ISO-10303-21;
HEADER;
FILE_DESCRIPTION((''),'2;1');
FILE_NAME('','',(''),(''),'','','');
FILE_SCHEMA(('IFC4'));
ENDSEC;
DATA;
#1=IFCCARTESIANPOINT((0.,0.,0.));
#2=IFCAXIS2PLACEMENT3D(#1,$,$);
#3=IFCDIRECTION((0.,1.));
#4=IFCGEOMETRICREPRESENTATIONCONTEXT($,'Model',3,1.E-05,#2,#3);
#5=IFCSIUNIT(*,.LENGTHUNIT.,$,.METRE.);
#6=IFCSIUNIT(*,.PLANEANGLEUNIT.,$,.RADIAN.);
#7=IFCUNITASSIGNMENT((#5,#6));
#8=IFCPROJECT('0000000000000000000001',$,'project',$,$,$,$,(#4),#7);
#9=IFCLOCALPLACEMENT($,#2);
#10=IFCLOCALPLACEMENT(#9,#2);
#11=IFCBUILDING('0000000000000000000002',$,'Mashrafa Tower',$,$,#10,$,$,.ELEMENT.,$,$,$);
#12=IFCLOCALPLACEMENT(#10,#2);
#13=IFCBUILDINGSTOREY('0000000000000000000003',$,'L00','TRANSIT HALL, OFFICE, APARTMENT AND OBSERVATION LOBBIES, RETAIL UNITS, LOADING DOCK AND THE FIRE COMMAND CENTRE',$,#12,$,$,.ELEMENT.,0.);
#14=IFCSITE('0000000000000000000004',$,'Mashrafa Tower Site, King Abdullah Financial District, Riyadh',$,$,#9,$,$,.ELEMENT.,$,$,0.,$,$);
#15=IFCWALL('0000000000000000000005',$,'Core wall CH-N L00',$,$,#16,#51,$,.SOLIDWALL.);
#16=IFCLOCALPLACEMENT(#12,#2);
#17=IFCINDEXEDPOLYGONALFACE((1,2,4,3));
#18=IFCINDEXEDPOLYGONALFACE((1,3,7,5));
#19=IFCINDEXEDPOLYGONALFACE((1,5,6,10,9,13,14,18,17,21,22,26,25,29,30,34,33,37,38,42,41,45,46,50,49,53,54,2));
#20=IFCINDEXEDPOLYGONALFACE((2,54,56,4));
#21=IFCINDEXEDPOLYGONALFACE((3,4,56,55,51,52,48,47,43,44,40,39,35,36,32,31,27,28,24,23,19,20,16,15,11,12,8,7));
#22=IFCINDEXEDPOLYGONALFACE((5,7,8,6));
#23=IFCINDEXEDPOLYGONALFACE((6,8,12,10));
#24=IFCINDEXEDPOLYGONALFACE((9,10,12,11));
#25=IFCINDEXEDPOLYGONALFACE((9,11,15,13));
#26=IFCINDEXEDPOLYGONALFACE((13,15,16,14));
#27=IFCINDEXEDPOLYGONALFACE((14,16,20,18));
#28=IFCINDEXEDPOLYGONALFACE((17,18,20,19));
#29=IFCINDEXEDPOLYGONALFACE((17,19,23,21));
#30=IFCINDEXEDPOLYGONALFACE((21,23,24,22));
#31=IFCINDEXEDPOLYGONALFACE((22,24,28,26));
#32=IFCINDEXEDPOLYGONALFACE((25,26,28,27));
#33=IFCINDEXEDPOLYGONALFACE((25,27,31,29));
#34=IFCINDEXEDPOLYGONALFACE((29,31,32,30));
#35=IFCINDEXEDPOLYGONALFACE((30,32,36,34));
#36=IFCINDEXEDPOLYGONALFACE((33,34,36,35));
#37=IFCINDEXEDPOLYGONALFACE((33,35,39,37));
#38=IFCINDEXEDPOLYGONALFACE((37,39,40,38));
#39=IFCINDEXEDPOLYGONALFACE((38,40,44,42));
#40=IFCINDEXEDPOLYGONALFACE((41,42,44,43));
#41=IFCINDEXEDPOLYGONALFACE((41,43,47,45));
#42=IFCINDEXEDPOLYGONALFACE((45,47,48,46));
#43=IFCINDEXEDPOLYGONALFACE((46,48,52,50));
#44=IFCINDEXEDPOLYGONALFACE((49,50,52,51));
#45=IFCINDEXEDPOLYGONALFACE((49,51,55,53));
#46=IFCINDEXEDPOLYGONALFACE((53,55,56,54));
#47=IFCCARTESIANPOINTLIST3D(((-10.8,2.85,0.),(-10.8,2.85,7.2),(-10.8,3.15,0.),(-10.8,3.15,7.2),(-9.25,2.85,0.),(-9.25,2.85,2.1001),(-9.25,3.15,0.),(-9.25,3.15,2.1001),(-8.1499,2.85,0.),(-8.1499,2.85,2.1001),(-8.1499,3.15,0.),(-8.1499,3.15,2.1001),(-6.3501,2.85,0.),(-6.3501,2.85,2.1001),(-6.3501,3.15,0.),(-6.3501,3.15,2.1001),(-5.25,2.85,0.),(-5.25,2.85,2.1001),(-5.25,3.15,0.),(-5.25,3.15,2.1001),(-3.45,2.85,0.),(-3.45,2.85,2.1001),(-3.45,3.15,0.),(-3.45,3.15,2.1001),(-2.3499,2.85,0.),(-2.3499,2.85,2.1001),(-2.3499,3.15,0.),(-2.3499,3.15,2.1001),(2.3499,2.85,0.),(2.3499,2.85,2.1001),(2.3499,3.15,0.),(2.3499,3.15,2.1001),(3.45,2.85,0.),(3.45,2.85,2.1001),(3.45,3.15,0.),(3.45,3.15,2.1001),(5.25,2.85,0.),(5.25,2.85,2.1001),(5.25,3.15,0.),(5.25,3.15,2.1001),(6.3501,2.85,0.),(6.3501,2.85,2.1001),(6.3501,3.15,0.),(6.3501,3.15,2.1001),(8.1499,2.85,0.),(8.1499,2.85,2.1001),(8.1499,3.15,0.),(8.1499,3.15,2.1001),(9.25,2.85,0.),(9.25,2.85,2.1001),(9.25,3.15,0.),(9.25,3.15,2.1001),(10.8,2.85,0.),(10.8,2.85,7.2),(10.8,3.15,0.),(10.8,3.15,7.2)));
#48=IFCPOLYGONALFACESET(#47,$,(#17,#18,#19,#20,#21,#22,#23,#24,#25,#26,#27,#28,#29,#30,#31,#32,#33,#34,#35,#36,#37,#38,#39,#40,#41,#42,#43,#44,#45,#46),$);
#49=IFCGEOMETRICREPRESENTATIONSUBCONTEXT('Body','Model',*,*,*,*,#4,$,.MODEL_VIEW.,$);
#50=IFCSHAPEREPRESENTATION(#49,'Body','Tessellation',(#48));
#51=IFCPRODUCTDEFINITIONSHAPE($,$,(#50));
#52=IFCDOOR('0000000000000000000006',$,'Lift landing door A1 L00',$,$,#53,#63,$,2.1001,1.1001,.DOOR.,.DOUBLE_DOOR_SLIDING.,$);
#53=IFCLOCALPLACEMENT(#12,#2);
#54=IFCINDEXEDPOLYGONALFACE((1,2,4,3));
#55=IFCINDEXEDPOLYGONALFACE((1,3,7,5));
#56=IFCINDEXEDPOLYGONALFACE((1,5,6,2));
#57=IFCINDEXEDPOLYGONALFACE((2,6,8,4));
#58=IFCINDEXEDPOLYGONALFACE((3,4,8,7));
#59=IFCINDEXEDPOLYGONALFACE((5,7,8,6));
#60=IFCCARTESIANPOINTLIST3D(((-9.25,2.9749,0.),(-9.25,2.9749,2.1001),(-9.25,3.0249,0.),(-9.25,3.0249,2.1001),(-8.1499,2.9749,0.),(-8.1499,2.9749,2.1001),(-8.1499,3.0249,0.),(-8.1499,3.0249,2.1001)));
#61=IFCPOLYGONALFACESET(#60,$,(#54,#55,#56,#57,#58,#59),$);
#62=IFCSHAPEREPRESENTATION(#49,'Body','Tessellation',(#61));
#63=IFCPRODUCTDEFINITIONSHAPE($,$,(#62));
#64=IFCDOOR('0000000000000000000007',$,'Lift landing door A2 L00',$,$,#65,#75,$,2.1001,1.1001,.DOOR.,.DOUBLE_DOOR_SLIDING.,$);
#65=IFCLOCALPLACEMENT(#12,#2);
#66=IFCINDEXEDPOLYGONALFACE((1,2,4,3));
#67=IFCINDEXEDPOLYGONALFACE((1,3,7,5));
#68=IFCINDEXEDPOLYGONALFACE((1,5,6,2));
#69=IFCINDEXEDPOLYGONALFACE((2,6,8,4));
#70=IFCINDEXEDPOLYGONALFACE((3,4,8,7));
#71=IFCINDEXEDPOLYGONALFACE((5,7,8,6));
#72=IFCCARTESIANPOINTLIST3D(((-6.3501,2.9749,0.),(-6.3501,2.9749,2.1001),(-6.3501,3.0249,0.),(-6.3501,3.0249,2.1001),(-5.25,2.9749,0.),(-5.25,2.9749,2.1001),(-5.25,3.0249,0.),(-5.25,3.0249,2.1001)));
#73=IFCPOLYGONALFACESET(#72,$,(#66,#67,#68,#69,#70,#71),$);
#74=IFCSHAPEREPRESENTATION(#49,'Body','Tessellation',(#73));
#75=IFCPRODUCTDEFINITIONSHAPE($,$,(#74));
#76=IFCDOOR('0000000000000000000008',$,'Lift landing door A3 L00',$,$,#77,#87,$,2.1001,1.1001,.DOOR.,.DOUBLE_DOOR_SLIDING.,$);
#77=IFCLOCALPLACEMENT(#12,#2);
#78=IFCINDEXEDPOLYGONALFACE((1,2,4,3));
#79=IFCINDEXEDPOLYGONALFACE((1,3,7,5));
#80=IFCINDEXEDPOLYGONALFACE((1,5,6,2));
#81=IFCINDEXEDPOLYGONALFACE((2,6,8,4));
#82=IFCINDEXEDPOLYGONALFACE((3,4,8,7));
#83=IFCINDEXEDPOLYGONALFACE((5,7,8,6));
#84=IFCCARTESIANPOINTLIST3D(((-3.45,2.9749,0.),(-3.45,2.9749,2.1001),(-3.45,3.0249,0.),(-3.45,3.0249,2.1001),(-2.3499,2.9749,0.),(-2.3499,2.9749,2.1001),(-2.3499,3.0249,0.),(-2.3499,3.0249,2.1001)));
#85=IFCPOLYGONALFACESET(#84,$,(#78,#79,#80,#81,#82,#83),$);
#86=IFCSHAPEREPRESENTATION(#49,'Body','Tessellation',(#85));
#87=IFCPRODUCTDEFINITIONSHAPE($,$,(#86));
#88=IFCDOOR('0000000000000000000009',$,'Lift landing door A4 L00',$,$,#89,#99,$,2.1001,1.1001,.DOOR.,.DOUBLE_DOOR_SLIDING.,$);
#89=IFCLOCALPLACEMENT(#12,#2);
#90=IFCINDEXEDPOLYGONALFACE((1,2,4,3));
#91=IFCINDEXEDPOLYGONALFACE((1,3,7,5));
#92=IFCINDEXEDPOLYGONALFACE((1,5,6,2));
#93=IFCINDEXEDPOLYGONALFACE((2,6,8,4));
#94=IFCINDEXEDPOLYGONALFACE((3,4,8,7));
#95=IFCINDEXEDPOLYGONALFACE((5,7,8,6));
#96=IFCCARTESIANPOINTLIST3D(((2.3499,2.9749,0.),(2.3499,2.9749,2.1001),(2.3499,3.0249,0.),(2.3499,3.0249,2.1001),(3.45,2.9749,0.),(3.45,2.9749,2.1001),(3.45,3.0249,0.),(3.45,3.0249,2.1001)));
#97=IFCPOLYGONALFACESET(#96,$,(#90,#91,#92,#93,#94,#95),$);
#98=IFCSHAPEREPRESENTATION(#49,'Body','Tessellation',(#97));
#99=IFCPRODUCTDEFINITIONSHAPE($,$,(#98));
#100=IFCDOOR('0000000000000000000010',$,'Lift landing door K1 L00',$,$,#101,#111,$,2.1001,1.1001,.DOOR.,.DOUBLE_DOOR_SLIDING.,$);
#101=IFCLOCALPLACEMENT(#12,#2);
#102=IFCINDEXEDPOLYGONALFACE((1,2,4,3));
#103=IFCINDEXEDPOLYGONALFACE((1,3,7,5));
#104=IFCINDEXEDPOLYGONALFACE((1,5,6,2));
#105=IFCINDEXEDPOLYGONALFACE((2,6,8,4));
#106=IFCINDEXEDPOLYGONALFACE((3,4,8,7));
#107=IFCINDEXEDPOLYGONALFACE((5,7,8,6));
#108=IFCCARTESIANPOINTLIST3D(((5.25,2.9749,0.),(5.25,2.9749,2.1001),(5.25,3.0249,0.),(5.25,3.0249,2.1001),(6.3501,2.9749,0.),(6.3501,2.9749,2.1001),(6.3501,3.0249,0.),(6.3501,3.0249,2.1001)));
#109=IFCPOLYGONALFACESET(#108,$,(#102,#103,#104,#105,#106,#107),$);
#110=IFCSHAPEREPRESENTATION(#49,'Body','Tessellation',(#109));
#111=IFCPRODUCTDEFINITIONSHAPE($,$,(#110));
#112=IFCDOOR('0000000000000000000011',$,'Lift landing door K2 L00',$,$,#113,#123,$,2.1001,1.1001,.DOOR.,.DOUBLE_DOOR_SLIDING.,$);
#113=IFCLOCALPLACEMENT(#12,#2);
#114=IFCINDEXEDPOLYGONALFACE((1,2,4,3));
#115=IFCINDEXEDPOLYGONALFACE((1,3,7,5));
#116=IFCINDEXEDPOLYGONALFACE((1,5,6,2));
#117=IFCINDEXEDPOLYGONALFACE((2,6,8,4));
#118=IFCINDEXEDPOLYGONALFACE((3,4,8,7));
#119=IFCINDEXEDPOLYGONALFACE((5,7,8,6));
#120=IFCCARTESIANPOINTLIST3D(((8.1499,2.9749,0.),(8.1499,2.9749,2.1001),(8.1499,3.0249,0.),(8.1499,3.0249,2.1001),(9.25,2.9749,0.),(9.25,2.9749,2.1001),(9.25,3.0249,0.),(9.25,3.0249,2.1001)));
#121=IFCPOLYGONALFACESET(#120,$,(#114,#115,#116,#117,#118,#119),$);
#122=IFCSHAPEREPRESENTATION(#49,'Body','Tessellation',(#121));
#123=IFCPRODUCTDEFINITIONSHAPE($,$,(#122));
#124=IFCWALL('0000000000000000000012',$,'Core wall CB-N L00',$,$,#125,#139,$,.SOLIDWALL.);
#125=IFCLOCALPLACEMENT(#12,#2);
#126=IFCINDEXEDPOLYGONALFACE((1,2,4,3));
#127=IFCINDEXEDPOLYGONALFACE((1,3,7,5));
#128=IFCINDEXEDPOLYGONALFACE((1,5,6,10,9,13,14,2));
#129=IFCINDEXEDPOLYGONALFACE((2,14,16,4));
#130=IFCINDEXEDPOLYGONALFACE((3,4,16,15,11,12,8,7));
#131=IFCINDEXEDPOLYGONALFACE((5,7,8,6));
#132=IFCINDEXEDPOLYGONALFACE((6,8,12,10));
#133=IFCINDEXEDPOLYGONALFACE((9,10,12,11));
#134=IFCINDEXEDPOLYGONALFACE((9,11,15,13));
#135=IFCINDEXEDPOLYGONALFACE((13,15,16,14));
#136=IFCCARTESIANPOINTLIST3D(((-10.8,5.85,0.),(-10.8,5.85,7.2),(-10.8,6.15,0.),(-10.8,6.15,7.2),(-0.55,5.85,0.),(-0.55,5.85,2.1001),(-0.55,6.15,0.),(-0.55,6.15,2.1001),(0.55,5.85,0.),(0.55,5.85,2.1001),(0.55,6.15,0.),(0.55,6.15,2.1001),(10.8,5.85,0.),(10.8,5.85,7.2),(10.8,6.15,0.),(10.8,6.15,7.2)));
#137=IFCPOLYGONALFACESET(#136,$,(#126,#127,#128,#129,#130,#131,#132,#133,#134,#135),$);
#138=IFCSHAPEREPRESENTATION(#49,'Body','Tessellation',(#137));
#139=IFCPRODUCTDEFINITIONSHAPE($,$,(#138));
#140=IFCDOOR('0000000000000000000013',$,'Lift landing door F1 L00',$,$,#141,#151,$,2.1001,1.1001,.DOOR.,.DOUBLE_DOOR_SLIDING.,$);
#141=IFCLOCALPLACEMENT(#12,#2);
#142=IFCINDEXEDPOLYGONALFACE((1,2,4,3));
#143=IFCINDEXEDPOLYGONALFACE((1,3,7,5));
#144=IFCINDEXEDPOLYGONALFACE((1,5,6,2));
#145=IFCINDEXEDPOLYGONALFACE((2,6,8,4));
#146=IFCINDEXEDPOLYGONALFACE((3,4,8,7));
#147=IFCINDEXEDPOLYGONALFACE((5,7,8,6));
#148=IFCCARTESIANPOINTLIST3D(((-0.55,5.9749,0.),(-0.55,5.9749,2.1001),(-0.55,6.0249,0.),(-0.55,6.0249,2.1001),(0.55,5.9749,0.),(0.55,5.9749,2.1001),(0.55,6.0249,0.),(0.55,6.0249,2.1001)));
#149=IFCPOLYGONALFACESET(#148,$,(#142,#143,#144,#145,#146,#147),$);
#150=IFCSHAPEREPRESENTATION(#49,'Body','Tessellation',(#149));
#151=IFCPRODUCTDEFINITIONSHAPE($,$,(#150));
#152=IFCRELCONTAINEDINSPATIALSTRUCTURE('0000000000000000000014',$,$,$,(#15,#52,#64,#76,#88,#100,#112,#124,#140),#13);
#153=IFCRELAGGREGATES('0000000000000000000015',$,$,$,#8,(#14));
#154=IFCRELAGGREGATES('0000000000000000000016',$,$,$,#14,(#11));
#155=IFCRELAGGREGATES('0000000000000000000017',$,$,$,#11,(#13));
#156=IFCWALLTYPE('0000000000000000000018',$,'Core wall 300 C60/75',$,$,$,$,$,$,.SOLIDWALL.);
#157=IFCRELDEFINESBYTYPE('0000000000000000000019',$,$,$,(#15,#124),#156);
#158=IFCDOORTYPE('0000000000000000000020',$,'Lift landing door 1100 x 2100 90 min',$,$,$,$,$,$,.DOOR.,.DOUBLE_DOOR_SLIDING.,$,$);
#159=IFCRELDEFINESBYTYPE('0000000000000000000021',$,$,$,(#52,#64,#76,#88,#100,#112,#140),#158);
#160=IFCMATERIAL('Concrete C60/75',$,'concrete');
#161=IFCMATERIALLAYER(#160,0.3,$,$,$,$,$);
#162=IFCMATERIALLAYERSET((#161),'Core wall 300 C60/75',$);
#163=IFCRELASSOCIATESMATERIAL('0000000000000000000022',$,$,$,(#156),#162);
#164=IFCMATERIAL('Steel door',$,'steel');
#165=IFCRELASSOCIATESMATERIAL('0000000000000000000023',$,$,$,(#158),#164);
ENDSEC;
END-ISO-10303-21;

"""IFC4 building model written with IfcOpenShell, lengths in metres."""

from ifc_helpers import new_model, si_unit, direction, frame, frame_2d, origin, place, context, subcontext, project, spatial, rectangle, extrude, material, layer, layer_set, type_object, element, fill, save


model = new_model("IFC4")

# Units and contexts
model_context = context("Model", 3, precision=1e-05, world=origin(), true_north=direction((0.0, 1.0)))
body_context = subcontext(model_context, "Body", "Model", "MODEL_VIEW")
ifc_project = project(units=[si_unit("LENGTHUNIT", "METRE"), si_unit("PLANEANGLEUNIT", "RADIAN")], contexts=[model_context])

# Site, building, storey
site_placement = place(None, origin())
site = spatial("IfcSite", under=ifc_project, at=site_placement, Name="Mashrafa Tower Site, King Abdullah Financial District, Riyadh", CompositionType="ELEMENT", RefElevation=0.0)
building_placement = place(site_placement, origin())
building = spatial("IfcBuilding", under=site, at=building_placement, Name="Mashrafa Tower", CompositionType="ELEMENT")
storey_placement = place(building_placement, origin())
storey = spatial("IfcBuildingStorey", under=building, at=storey_placement, Name="L00", Description="TRANSIT HALL, OFFICE, APARTMENT AND OBSERVATION LOBBIES, RETAIL UNITS, LOADING DOCK AND THE FIRE COMMAND CENTRE", CompositionType="ELEMENT", Elevation=0.0)

# Wall, openings, doors
ifc_material_1 = material(Name="Concrete C60/75", Category="concrete")
ifc_layer_1 = layer(ifc_material_1, 0.3)
ifc_layer_set_1 = layer_set([ifc_layer_1], Name="Core wall 300 C60/75")
wall_type_1 = type_object("IfcWallType", Name="Core wall 300 C60/75", PredefinedType="SOLIDWALL", material=ifc_layer_set_1)
wall_1_placement = place(storey_placement, frame((-10.8, 3.0, 0.0), z_axis=(0.0, 0.0, 1.0), x_axis=(1.0, 0.0, 0.0)))
wall_1 = element("IfcWall", 1, at=wall_1_placement, inside=storey, type_object=wall_type_1, Name="Core wall CH-N L00", PredefinedType="SOLIDWALL", context=body_context, shape_type="SweptSolid", body=[
    extrude(rectangle(XDim=21.6001, YDim=0.3, at=frame_2d((10.8, 0.0))), origin(), (0.0, 0.0, 1.0), 7.2),
])
opening_1_placement = place(wall_1_placement, frame((1.55, 0.0, 0.0)))
opening_1 = element("IfcOpeningElement", 2, at=opening_1_placement, cuts=wall_1, PredefinedType="OPENING", context=body_context, shape_type="SweptSolid", body=[
    extrude(rectangle(XDim=1.1001, YDim=2.1001, at=frame_2d((0.55, 1.05))), frame((0.0, 0.1599, 0.0), z_axis=(0.0, -1.0, 0.0), x_axis=(1.0, 0.0, 0.0)), (0.0, 0.0, 1.0), 0.3201),
])
opening_2_placement = place(wall_1_placement, frame((4.45, 0.0, 0.0)))
opening_2 = element("IfcOpeningElement", 3, at=opening_2_placement, cuts=wall_1, PredefinedType="OPENING", context=body_context, shape_type="SweptSolid", body=[
    extrude(rectangle(XDim=1.1001, YDim=2.1001, at=frame_2d((0.55, 1.05))), frame((0.0, 0.1599, 0.0), z_axis=(0.0, -1.0, 0.0), x_axis=(1.0, 0.0, 0.0)), (0.0, 0.0, 1.0), 0.3201),
])
opening_3_placement = place(wall_1_placement, frame((7.3501, 0.0, 0.0)))
opening_3 = element("IfcOpeningElement", 4, at=opening_3_placement, cuts=wall_1, PredefinedType="OPENING", context=body_context, shape_type="SweptSolid", body=[
    extrude(rectangle(XDim=1.1001, YDim=2.1001, at=frame_2d((0.55, 1.05))), frame((0.0, 0.1599, 0.0), z_axis=(0.0, -1.0, 0.0), x_axis=(1.0, 0.0, 0.0)), (0.0, 0.0, 1.0), 0.3201),
])
opening_4_placement = place(wall_1_placement, frame((13.1499, 0.0, 0.0)))
opening_4 = element("IfcOpeningElement", 5, at=opening_4_placement, cuts=wall_1, PredefinedType="OPENING", context=body_context, shape_type="SweptSolid", body=[
    extrude(rectangle(XDim=1.1001, YDim=2.1001, at=frame_2d((0.55, 1.05))), frame((0.0, 0.1599, 0.0), z_axis=(0.0, -1.0, 0.0), x_axis=(1.0, 0.0, 0.0)), (0.0, 0.0, 1.0), 0.3201),
])
opening_5_placement = place(wall_1_placement, frame((16.05, 0.0, 0.0)))
opening_5 = element("IfcOpeningElement", 6, at=opening_5_placement, cuts=wall_1, PredefinedType="OPENING", context=body_context, shape_type="SweptSolid", body=[
    extrude(rectangle(XDim=1.1001, YDim=2.1001, at=frame_2d((0.55, 1.05))), frame((0.0, 0.1599, 0.0), z_axis=(0.0, -1.0, 0.0), x_axis=(1.0, 0.0, 0.0)), (0.0, 0.0, 1.0), 0.3201),
])
opening_6_placement = place(wall_1_placement, frame((18.95, 0.0, 0.0)))
opening_6 = element("IfcOpeningElement", 7, at=opening_6_placement, cuts=wall_1, PredefinedType="OPENING", context=body_context, shape_type="SweptSolid", body=[
    extrude(rectangle(XDim=1.1001, YDim=2.1001, at=frame_2d((0.55, 1.05))), frame((0.0, 0.1599, 0.0), z_axis=(0.0, -1.0, 0.0), x_axis=(1.0, 0.0, 0.0)), (0.0, 0.0, 1.0), 0.3201),
])
ifc_material_2 = material(Name="Steel door", Category="steel")
door_type_1 = type_object("IfcDoorType", Name="Lift landing door 1100 x 2100 90 min", OperationType="DOUBLE_DOOR_SLIDING", PredefinedType="DOOR", material=ifc_material_2)
door_1_placement = place(opening_1_placement, origin())
door_1 = element("IfcDoor", 8, at=door_1_placement, inside=storey, type_object=door_type_1, Name="Lift landing door A1 L00", OperationType="DOUBLE_DOOR_SLIDING", OverallHeight=2.1001, OverallWidth=1.1001, PredefinedType="DOOR", context=body_context, shape_type="SweptSolid", body=[
    extrude(rectangle(XDim=1.1001, YDim=2.1001, at=frame_2d((0.55, 1.05))), frame((0.0, 0.0249, 0.0), z_axis=(0.0, -1.0, 0.0), x_axis=(1.0, 0.0, 0.0)), (0.0, 0.0, 1.0), 0.05),
])
fill(opening_1, door_1)
door_2_placement = place(opening_2_placement, origin())
door_2 = element("IfcDoor", 9, at=door_2_placement, inside=storey, type_object=door_type_1, Name="Lift landing door A2 L00", OperationType="DOUBLE_DOOR_SLIDING", OverallHeight=2.1001, OverallWidth=1.1001, PredefinedType="DOOR", context=body_context, shape_type="SweptSolid", body=[
    extrude(rectangle(XDim=1.1001, YDim=2.1001, at=frame_2d((0.55, 1.05))), frame((0.0, 0.0249, 0.0), z_axis=(0.0, -1.0, 0.0), x_axis=(1.0, 0.0, 0.0)), (0.0, 0.0, 1.0), 0.05),
])
fill(opening_2, door_2)
door_3_placement = place(opening_3_placement, origin())
door_3 = element("IfcDoor", 10, at=door_3_placement, inside=storey, type_object=door_type_1, Name="Lift landing door A3 L00", OperationType="DOUBLE_DOOR_SLIDING", OverallHeight=2.1001, OverallWidth=1.1001, PredefinedType="DOOR", context=body_context, shape_type="SweptSolid", body=[
    extrude(rectangle(XDim=1.1001, YDim=2.1001, at=frame_2d((0.55, 1.05))), frame((0.0, 0.0249, 0.0), z_axis=(0.0, -1.0, 0.0), x_axis=(1.0, 0.0, 0.0)), (0.0, 0.0, 1.0), 0.05),
])
fill(opening_3, door_3)
door_4_placement = place(opening_4_placement, origin())
door_4 = element("IfcDoor", 11, at=door_4_placement, inside=storey, type_object=door_type_1, Name="Lift landing door A4 L00", OperationType="DOUBLE_DOOR_SLIDING", OverallHeight=2.1001, OverallWidth=1.1001, PredefinedType="DOOR", context=body_context, shape_type="SweptSolid", body=[
    extrude(rectangle(XDim=1.1001, YDim=2.1001, at=frame_2d((0.55, 1.05))), frame((0.0, 0.0249, 0.0), z_axis=(0.0, -1.0, 0.0), x_axis=(1.0, 0.0, 0.0)), (0.0, 0.0, 1.0), 0.05),
])
fill(opening_4, door_4)
door_5_placement = place(opening_5_placement, origin())
door_5 = element("IfcDoor", 12, at=door_5_placement, inside=storey, type_object=door_type_1, Name="Lift landing door K1 L00", OperationType="DOUBLE_DOOR_SLIDING", OverallHeight=2.1001, OverallWidth=1.1001, PredefinedType="DOOR", context=body_context, shape_type="SweptSolid", body=[
    extrude(rectangle(XDim=1.1001, YDim=2.1001, at=frame_2d((0.55, 1.05))), frame((0.0, 0.0249, 0.0), z_axis=(0.0, -1.0, 0.0), x_axis=(1.0, 0.0, 0.0)), (0.0, 0.0, 1.0), 0.05),
])
fill(opening_5, door_5)
door_6_placement = place(opening_6_placement, origin())
door_6 = element("IfcDoor", 13, at=door_6_placement, inside=storey, type_object=door_type_1, Name="Lift landing door K2 L00", OperationType="DOUBLE_DOOR_SLIDING", OverallHeight=2.1001, OverallWidth=1.1001, PredefinedType="DOOR", context=body_context, shape_type="SweptSolid", body=[
    extrude(rectangle(XDim=1.1001, YDim=2.1001, at=frame_2d((0.55, 1.05))), frame((0.0, 0.0249, 0.0), z_axis=(0.0, -1.0, 0.0), x_axis=(1.0, 0.0, 0.0)), (0.0, 0.0, 1.0), 0.05),
])
fill(opening_6, door_6)

# Wall, opening, door
wall_2_placement = place(storey_placement, frame((-10.8, 6.0, 0.0), z_axis=(0.0, 0.0, 1.0), x_axis=(1.0, 0.0, 0.0)))
wall_2 = element("IfcWall", 14, at=wall_2_placement, inside=storey, type_object=wall_type_1, Name="Core wall CB-N L00", PredefinedType="SOLIDWALL", context=body_context, shape_type="SweptSolid", body=[
    extrude(rectangle(XDim=21.6001, YDim=0.3, at=frame_2d((10.8, 0.0))), origin(), (0.0, 0.0, 1.0), 7.2),
])
opening_7_placement = place(wall_2_placement, frame((10.25, 0.0, 0.0)))
opening_7 = element("IfcOpeningElement", 15, at=opening_7_placement, cuts=wall_2, PredefinedType="OPENING", context=body_context, shape_type="SweptSolid", body=[
    extrude(rectangle(XDim=1.1001, YDim=2.1001, at=frame_2d((0.55, 1.05))), frame((0.0, 0.1599, 0.0), z_axis=(0.0, -1.0, 0.0), x_axis=(1.0, 0.0, 0.0)), (0.0, 0.0, 1.0), 0.3201),
])
door_7_placement = place(opening_7_placement, origin())
door_7 = element("IfcDoor", 16, at=door_7_placement, inside=storey, type_object=door_type_1, Name="Lift landing door F1 L00", OperationType="DOUBLE_DOOR_SLIDING", OverallHeight=2.1001, OverallWidth=1.1001, PredefinedType="DOOR", context=body_context, shape_type="SweptSolid", body=[
    extrude(rectangle(XDim=1.1001, YDim=2.1001, at=frame_2d((0.55, 1.05))), frame((0.0, 0.0249, 0.0), z_axis=(0.0, -1.0, 0.0), x_axis=(1.0, 0.0, 0.0)), (0.0, 0.0, 1.0), 0.05),
])
fill(opening_7, door_7)

save(model, "model.ifc")
